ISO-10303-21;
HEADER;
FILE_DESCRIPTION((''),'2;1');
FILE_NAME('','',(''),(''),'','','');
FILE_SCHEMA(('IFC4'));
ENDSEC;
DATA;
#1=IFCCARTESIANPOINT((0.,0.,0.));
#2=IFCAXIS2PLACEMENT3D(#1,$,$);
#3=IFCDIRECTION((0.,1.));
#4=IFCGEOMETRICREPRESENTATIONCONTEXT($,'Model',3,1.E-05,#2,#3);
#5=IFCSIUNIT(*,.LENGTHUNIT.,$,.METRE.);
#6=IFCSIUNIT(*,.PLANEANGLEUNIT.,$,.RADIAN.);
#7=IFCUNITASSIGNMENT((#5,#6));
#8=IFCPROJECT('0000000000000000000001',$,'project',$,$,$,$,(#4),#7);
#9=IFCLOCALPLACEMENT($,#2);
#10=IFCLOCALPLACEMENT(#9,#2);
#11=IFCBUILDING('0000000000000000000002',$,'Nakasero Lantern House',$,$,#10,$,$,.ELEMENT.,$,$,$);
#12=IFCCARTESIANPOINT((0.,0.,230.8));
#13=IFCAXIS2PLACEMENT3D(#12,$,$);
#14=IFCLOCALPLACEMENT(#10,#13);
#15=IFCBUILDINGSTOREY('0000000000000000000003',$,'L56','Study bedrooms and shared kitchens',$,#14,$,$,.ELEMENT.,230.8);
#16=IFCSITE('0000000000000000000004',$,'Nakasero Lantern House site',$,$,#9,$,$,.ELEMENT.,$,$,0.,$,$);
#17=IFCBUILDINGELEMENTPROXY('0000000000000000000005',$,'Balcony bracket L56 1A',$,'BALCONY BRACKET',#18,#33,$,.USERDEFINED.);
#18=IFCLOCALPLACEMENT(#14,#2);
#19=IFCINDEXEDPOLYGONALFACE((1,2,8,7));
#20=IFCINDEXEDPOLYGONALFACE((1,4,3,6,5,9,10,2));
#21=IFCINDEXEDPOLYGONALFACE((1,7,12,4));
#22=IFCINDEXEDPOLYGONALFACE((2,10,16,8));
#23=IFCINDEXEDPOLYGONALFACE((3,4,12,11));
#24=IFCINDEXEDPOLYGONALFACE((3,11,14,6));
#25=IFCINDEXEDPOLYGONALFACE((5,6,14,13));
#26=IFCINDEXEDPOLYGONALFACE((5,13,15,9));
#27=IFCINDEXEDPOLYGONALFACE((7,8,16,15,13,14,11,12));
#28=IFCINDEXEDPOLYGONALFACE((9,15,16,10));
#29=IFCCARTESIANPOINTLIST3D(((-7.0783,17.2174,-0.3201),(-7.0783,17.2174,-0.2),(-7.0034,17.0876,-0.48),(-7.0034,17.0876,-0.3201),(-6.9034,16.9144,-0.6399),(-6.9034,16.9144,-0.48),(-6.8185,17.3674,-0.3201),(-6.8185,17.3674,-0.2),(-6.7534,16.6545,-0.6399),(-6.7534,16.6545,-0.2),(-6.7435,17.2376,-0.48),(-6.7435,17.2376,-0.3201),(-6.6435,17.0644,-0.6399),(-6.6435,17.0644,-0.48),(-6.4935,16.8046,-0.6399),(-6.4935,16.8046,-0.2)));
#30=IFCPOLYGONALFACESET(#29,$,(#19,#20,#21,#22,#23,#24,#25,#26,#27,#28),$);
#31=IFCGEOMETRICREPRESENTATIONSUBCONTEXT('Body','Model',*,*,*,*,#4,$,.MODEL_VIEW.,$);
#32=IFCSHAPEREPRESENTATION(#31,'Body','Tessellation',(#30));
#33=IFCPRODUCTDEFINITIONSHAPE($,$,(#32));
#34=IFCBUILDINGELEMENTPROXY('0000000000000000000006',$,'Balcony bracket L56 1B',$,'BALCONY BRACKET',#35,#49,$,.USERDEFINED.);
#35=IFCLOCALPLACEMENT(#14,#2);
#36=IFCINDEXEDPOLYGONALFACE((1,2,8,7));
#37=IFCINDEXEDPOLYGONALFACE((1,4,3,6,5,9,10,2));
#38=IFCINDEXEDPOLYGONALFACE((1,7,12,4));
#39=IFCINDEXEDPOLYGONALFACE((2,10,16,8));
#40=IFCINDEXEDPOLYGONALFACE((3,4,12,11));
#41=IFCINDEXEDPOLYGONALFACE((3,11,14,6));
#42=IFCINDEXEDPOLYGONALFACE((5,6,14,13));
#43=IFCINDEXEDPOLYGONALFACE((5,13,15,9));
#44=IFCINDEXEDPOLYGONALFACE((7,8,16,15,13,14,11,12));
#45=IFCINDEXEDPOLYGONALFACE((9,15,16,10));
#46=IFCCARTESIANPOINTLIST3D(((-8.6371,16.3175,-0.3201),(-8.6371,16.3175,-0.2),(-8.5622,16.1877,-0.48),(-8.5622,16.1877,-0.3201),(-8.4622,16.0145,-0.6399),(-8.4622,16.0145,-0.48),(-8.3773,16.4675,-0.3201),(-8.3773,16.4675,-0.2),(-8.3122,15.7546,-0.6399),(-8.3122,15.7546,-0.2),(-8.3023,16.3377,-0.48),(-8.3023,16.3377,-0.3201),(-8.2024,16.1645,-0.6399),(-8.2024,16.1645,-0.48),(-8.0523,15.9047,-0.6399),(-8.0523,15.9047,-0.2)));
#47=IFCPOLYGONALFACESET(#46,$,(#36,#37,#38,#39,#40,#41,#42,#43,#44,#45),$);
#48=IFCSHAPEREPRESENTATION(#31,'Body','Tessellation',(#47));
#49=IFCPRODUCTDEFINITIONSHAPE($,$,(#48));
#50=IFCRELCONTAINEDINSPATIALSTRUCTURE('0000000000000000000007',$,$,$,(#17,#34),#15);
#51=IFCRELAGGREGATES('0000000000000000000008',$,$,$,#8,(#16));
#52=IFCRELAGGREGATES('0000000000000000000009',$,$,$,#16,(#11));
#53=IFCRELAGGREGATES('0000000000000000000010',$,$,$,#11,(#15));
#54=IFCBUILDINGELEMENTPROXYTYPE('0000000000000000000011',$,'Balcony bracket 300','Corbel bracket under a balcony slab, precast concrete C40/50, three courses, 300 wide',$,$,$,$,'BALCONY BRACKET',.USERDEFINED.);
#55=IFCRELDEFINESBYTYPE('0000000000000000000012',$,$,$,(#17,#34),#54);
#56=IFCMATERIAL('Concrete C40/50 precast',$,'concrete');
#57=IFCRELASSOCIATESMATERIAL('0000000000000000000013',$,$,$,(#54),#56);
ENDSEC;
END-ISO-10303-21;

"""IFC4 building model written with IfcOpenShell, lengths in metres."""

from ifc_helpers import new_model, si_unit, direction, frame, origin, place, context, subcontext, project, spatial, polyline, outline, extrude, material, type_object, element, save


model = new_model("IFC4")

# Units and contexts
model_context = context("Model", 3, precision=1e-05, world=origin(), true_north=direction((0.0, 1.0)))
body_context = subcontext(model_context, "Body", "Model", "MODEL_VIEW")
ifc_project = project(units=[si_unit("LENGTHUNIT", "METRE"), si_unit("PLANEANGLEUNIT", "RADIAN")], contexts=[model_context])

# Site, building, storey
site_placement = place(None, origin())
site = spatial("IfcSite", under=ifc_project, at=site_placement, Name="Nakasero Lantern House site", CompositionType="ELEMENT", RefElevation=0.0)
building_placement = place(site_placement, origin())
building = spatial("IfcBuilding", under=site, at=building_placement, Name="Nakasero Lantern House", CompositionType="ELEMENT")
storey_placement = place(building_placement, frame((0.0, 0.0, 230.8)))
storey = spatial("IfcBuildingStorey", under=building, at=storey_placement, Name="L56", Description="Study bedrooms and shared kitchens", CompositionType="ELEMENT", Elevation=230.8)

# Building element proxies
ifc_material_1 = material(Name="Concrete C40/50 precast", Category="concrete")
building_element_proxy_type = type_object("IfcBuildingElementProxyType", Name="Balcony bracket 300", Description="Corbel bracket under a balcony slab, precast concrete C40/50, three courses, 300 wide", ElementType="BALCONY BRACKET", PredefinedType="USERDEFINED", material=ifc_material_1)
for number, where, z_axis, x_axis, name in (
    (1, (-6.6235, 16.7295, -0.2), (0.0, 0.0, 1.0), (-0.5, 0.866025, 0.0), "Balcony bracket L56 1A"),
    (2, (-8.1824, 15.8296, -0.2), (0.0, 0.0, 1.0), (-0.5, 0.866025, 0.0), "Balcony bracket L56 1B"),
):
    element("IfcBuildingElementProxy", number, at=place(storey_placement, frame(where, z_axis=z_axis, x_axis=x_axis)), inside=storey, type_object=building_element_proxy_type, Name=name, ObjectType="BALCONY BRACKET", PredefinedType="USERDEFINED", context=body_context, shape_type="SweptSolid", body=[
        extrude(outline(polyline([(0.0, 0.0), (0.6499, 0.0), (0.6499, -0.1201), (0.5, -0.1201), (0.5, -0.28), (0.3, -0.28), (0.3, -0.4399), (0.0, -0.4399), (0.0, 0.0)])), frame((0.0, 0.1499, 0.0), z_axis=(0.0, -1.0, 0.0), x_axis=(1.0, 0.0, 0.0)), (0.0, 0.0, 1.0), 0.3),
    ])

save(model, "model.ifc")
